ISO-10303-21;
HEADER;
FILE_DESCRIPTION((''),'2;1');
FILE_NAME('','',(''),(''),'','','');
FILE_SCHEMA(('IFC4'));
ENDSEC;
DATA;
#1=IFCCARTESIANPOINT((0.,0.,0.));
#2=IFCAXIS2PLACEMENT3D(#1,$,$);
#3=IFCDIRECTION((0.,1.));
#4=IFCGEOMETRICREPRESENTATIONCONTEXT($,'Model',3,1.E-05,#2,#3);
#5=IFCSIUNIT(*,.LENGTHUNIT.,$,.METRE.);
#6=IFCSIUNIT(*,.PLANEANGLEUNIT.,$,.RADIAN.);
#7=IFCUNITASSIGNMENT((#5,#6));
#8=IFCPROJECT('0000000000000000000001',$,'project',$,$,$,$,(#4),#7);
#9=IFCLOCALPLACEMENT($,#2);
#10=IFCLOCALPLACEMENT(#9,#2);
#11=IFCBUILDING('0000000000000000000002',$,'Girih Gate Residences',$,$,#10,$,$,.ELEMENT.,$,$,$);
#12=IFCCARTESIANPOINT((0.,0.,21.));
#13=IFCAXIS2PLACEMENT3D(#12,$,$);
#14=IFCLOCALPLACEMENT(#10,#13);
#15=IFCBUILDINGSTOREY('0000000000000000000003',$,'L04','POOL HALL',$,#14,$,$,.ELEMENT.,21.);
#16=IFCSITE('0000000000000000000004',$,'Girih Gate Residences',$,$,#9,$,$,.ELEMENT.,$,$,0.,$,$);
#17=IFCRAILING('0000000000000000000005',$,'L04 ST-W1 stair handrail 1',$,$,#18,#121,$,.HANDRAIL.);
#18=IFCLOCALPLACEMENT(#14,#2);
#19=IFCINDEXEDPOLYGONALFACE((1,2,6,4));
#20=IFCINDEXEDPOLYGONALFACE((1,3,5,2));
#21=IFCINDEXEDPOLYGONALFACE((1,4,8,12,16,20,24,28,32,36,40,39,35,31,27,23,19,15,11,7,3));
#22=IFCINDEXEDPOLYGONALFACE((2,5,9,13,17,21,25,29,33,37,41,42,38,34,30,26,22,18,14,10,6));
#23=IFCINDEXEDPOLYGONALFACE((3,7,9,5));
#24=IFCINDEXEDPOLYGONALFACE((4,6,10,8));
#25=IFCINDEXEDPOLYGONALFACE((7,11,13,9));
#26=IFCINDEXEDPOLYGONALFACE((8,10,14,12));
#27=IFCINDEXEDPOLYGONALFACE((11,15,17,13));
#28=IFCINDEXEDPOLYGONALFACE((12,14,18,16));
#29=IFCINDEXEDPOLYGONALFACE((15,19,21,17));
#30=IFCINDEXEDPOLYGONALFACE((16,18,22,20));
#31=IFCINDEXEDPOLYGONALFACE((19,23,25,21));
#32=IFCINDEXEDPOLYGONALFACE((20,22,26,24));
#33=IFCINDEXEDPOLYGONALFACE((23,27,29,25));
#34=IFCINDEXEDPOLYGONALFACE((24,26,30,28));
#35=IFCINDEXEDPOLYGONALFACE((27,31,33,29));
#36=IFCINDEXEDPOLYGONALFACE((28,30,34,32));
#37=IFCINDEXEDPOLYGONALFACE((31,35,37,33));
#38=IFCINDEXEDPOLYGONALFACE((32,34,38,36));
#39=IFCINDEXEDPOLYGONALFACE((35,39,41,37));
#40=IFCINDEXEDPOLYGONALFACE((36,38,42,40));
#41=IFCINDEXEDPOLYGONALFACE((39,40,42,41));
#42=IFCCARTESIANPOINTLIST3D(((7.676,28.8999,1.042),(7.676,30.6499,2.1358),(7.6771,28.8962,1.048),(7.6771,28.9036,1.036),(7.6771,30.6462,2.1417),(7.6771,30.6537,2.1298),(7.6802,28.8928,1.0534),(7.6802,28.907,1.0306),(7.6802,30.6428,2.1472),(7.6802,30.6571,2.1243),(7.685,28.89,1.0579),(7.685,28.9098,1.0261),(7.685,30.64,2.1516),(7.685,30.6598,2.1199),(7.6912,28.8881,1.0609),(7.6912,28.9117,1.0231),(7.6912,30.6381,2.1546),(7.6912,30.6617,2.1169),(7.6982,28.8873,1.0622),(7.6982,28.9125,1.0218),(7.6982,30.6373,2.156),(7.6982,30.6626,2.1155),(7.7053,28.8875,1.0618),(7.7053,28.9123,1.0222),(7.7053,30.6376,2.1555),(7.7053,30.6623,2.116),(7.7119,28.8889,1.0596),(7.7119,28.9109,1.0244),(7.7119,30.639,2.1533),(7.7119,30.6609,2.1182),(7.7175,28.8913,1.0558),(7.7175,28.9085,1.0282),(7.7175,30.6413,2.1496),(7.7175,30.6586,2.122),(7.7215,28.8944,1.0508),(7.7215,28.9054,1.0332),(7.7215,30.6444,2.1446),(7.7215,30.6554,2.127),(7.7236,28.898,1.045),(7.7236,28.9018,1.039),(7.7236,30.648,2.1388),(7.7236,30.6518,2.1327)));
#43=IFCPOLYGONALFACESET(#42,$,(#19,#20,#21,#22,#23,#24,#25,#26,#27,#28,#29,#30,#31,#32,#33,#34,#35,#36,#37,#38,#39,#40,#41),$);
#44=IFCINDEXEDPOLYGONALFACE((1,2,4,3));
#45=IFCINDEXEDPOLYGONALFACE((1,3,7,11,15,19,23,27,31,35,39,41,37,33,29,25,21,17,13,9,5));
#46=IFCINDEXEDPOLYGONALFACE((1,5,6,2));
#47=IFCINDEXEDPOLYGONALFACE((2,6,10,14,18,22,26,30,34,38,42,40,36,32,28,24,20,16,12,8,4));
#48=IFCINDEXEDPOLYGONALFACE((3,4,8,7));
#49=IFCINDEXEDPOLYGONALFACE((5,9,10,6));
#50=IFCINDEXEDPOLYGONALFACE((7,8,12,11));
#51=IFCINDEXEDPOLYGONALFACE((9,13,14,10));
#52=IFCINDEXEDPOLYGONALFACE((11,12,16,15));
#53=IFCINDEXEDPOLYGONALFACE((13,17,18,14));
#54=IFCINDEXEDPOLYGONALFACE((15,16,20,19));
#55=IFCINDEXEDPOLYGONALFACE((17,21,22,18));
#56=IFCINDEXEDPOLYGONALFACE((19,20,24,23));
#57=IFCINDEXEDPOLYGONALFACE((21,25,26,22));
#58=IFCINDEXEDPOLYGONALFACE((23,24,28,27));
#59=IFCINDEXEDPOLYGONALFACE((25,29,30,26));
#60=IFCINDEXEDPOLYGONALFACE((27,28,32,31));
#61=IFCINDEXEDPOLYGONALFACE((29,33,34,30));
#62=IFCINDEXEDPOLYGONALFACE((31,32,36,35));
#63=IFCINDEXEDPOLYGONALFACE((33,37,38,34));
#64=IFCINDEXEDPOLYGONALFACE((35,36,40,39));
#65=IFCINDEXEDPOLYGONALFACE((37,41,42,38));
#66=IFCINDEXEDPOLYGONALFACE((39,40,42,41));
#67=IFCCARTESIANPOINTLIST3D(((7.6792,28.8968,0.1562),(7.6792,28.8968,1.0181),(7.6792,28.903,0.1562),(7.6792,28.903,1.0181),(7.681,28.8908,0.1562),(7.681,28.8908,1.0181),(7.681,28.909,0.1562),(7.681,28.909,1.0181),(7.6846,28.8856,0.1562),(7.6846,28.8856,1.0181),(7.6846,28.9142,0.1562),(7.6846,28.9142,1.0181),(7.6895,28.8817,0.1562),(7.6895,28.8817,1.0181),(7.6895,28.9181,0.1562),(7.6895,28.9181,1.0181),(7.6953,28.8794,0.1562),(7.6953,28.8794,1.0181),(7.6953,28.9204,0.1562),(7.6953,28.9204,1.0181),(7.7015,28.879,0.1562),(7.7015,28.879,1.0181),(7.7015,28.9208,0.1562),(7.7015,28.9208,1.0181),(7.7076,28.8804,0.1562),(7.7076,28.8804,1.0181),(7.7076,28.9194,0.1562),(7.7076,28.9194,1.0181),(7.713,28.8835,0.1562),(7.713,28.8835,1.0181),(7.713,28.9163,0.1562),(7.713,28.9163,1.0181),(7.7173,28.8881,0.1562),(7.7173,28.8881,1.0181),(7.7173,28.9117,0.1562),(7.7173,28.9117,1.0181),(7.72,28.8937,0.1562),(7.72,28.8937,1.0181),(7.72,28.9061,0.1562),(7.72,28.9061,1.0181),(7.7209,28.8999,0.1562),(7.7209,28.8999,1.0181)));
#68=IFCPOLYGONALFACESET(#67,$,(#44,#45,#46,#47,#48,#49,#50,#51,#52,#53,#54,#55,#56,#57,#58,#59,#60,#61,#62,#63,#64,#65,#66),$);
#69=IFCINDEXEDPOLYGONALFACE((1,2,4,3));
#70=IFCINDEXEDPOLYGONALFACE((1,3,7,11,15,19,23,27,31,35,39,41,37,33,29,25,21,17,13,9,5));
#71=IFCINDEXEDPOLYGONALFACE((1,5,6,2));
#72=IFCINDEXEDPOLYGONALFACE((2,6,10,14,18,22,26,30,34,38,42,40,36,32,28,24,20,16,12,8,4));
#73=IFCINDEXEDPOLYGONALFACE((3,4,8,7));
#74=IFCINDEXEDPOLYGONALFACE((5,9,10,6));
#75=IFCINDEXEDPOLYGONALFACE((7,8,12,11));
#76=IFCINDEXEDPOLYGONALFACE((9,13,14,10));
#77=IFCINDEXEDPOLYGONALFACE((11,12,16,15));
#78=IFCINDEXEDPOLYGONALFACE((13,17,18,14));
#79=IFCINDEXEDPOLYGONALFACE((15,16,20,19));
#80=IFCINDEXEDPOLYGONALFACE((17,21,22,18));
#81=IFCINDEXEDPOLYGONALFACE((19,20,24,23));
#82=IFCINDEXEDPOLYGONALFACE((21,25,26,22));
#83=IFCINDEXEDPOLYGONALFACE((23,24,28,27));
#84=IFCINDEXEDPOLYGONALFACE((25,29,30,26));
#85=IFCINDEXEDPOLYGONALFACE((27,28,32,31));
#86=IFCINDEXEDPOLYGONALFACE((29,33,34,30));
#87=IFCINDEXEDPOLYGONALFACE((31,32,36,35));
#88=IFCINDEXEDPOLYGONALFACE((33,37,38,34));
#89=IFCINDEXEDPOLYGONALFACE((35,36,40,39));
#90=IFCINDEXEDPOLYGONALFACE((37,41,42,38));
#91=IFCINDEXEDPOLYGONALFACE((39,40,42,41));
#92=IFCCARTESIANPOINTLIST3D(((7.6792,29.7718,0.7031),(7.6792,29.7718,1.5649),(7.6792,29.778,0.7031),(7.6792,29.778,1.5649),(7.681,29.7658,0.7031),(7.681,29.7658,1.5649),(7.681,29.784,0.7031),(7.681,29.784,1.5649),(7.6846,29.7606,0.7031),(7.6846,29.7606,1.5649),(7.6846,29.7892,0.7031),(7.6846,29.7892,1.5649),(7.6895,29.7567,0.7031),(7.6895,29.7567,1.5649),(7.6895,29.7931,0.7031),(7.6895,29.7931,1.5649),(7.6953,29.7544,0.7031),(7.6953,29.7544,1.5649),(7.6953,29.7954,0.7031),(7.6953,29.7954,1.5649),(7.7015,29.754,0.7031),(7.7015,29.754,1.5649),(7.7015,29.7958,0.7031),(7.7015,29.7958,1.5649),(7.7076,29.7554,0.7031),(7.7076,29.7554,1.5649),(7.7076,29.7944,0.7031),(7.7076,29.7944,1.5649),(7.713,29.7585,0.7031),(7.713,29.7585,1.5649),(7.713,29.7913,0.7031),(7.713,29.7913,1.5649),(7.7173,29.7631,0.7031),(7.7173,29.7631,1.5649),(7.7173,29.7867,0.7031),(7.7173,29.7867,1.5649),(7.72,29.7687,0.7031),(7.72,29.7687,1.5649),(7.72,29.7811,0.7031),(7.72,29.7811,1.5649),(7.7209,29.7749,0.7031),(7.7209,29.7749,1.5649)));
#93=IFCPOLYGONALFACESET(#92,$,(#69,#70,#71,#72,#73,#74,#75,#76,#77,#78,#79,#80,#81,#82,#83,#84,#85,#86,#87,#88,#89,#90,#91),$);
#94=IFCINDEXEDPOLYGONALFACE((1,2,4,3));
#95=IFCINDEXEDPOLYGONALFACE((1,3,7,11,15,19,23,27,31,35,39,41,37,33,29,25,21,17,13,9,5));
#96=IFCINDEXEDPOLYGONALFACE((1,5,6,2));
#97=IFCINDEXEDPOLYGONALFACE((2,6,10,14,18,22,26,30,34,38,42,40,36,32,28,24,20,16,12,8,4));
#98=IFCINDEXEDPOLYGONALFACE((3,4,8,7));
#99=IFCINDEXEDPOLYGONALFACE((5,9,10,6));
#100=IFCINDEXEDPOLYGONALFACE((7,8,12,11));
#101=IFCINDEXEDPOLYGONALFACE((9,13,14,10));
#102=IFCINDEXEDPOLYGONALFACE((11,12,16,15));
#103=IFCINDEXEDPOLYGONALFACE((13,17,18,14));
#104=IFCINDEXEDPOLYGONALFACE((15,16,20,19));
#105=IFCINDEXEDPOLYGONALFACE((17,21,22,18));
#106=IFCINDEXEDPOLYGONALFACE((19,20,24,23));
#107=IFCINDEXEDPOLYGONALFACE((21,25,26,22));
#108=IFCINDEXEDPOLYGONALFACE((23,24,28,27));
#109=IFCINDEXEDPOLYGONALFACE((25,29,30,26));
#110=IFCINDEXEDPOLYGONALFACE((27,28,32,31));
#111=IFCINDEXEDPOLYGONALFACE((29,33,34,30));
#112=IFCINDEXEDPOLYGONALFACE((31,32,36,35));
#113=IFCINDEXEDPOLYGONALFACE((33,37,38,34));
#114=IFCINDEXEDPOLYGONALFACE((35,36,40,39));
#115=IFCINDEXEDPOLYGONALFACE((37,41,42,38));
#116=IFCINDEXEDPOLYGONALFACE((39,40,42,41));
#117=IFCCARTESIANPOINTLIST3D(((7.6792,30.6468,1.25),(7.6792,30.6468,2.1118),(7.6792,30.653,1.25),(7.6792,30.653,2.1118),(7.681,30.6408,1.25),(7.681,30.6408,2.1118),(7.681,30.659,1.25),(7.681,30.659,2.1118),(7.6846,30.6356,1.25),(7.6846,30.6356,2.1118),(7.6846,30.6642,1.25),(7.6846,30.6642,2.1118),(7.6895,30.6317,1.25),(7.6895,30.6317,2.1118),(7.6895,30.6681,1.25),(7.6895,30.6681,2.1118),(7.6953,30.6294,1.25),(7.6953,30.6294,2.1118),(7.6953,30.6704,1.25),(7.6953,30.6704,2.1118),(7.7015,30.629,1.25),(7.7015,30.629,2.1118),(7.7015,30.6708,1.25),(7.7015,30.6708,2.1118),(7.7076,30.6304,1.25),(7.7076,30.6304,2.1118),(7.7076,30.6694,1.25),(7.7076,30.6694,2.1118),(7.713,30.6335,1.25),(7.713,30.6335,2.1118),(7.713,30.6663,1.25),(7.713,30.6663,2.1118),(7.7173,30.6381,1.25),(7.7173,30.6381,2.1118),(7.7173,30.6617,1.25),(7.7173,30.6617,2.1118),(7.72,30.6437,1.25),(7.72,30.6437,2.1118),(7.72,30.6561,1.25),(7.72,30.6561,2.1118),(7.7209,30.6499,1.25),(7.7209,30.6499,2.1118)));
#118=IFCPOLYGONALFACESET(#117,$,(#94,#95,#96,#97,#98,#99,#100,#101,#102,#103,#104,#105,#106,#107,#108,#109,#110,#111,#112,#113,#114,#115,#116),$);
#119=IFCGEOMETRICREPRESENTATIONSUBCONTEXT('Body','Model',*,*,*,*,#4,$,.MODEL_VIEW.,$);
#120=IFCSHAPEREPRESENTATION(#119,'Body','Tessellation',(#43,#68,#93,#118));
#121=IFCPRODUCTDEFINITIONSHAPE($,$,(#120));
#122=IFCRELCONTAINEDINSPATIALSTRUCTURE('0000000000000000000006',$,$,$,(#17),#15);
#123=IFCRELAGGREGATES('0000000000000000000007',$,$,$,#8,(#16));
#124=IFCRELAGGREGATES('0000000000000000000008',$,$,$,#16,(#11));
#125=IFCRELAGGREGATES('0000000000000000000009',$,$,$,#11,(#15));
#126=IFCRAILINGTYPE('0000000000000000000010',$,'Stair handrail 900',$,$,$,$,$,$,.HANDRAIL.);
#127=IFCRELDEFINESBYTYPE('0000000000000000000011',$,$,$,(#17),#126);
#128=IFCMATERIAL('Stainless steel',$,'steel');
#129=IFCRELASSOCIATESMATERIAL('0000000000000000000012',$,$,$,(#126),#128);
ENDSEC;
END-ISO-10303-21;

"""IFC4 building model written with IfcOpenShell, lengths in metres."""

from ifc_helpers import new_model, si_unit, direction, frame, origin, origin_2d, place, context, subcontext, project, spatial, circle, extrude, material, type_object, element, save


model = new_model("IFC4")

# Units and contexts
model_context = context("Model", 3, precision=1e-05, world=origin(), true_north=direction((0.0, 1.0)))
body_context = subcontext(model_context, "Body", "Model", "MODEL_VIEW")
ifc_project = project(units=[si_unit("LENGTHUNIT", "METRE"), si_unit("PLANEANGLEUNIT", "RADIAN")], contexts=[model_context])

# Site, building, storey
site_placement = place(None, origin())
site = spatial("IfcSite", under=ifc_project, at=site_placement, Name="Girih Gate Residences", CompositionType="ELEMENT", RefElevation=0.0)
building_placement = place(site_placement, origin())
building = spatial("IfcBuilding", under=site, at=building_placement, Name="Girih Gate Residences", CompositionType="ELEMENT")
storey_placement = place(building_placement, frame((0.0, 0.0, 21.0)))
storey = spatial("IfcBuildingStorey", under=building, at=storey_placement, Name="L04", Description="POOL HALL", CompositionType="ELEMENT", Elevation=21.0)

# Railing
ifc_material_1 = material(Name="Stainless steel", Category="steel")
railing_type_1 = type_object("IfcRailingType", Name="Stair handrail 900", PredefinedType="HANDRAIL", material=ifc_material_1)
railing_1_placement = place(storey_placement, frame((7.7, 28.8999, 0.1562)))
element("IfcRailing", 1, at=railing_1_placement, inside=storey, type_object=railing_type_1, Name="L04 ST-W1 stair handrail 1", PredefinedType="HANDRAIL", context=body_context, shape_type="SweptSolid", body=[
    extrude(circle(Radius=0.0239, at=origin_2d()), frame((0.0, 0.0, 0.8857), z_axis=(0.0, 0.847998, 0.529999), x_axis=(-1.0, 0.0, 0.0)), (0.0, 0.0, 1.0), 2.0637),
    extrude(circle(Radius=0.021, at=origin_2d()), origin(), (0.0, 0.0, 1.0), 0.8618),
    extrude(circle(Radius=0.021, at=origin_2d()), frame((0.0, 0.875, 0.5469)), (0.0, 0.0, 1.0), 0.8618),
    extrude(circle(Radius=0.021, at=origin_2d()), frame((0.0, 1.75, 1.0938)), (0.0, 0.0, 1.0), 0.8618),
])

save(model, "model.ifc")
